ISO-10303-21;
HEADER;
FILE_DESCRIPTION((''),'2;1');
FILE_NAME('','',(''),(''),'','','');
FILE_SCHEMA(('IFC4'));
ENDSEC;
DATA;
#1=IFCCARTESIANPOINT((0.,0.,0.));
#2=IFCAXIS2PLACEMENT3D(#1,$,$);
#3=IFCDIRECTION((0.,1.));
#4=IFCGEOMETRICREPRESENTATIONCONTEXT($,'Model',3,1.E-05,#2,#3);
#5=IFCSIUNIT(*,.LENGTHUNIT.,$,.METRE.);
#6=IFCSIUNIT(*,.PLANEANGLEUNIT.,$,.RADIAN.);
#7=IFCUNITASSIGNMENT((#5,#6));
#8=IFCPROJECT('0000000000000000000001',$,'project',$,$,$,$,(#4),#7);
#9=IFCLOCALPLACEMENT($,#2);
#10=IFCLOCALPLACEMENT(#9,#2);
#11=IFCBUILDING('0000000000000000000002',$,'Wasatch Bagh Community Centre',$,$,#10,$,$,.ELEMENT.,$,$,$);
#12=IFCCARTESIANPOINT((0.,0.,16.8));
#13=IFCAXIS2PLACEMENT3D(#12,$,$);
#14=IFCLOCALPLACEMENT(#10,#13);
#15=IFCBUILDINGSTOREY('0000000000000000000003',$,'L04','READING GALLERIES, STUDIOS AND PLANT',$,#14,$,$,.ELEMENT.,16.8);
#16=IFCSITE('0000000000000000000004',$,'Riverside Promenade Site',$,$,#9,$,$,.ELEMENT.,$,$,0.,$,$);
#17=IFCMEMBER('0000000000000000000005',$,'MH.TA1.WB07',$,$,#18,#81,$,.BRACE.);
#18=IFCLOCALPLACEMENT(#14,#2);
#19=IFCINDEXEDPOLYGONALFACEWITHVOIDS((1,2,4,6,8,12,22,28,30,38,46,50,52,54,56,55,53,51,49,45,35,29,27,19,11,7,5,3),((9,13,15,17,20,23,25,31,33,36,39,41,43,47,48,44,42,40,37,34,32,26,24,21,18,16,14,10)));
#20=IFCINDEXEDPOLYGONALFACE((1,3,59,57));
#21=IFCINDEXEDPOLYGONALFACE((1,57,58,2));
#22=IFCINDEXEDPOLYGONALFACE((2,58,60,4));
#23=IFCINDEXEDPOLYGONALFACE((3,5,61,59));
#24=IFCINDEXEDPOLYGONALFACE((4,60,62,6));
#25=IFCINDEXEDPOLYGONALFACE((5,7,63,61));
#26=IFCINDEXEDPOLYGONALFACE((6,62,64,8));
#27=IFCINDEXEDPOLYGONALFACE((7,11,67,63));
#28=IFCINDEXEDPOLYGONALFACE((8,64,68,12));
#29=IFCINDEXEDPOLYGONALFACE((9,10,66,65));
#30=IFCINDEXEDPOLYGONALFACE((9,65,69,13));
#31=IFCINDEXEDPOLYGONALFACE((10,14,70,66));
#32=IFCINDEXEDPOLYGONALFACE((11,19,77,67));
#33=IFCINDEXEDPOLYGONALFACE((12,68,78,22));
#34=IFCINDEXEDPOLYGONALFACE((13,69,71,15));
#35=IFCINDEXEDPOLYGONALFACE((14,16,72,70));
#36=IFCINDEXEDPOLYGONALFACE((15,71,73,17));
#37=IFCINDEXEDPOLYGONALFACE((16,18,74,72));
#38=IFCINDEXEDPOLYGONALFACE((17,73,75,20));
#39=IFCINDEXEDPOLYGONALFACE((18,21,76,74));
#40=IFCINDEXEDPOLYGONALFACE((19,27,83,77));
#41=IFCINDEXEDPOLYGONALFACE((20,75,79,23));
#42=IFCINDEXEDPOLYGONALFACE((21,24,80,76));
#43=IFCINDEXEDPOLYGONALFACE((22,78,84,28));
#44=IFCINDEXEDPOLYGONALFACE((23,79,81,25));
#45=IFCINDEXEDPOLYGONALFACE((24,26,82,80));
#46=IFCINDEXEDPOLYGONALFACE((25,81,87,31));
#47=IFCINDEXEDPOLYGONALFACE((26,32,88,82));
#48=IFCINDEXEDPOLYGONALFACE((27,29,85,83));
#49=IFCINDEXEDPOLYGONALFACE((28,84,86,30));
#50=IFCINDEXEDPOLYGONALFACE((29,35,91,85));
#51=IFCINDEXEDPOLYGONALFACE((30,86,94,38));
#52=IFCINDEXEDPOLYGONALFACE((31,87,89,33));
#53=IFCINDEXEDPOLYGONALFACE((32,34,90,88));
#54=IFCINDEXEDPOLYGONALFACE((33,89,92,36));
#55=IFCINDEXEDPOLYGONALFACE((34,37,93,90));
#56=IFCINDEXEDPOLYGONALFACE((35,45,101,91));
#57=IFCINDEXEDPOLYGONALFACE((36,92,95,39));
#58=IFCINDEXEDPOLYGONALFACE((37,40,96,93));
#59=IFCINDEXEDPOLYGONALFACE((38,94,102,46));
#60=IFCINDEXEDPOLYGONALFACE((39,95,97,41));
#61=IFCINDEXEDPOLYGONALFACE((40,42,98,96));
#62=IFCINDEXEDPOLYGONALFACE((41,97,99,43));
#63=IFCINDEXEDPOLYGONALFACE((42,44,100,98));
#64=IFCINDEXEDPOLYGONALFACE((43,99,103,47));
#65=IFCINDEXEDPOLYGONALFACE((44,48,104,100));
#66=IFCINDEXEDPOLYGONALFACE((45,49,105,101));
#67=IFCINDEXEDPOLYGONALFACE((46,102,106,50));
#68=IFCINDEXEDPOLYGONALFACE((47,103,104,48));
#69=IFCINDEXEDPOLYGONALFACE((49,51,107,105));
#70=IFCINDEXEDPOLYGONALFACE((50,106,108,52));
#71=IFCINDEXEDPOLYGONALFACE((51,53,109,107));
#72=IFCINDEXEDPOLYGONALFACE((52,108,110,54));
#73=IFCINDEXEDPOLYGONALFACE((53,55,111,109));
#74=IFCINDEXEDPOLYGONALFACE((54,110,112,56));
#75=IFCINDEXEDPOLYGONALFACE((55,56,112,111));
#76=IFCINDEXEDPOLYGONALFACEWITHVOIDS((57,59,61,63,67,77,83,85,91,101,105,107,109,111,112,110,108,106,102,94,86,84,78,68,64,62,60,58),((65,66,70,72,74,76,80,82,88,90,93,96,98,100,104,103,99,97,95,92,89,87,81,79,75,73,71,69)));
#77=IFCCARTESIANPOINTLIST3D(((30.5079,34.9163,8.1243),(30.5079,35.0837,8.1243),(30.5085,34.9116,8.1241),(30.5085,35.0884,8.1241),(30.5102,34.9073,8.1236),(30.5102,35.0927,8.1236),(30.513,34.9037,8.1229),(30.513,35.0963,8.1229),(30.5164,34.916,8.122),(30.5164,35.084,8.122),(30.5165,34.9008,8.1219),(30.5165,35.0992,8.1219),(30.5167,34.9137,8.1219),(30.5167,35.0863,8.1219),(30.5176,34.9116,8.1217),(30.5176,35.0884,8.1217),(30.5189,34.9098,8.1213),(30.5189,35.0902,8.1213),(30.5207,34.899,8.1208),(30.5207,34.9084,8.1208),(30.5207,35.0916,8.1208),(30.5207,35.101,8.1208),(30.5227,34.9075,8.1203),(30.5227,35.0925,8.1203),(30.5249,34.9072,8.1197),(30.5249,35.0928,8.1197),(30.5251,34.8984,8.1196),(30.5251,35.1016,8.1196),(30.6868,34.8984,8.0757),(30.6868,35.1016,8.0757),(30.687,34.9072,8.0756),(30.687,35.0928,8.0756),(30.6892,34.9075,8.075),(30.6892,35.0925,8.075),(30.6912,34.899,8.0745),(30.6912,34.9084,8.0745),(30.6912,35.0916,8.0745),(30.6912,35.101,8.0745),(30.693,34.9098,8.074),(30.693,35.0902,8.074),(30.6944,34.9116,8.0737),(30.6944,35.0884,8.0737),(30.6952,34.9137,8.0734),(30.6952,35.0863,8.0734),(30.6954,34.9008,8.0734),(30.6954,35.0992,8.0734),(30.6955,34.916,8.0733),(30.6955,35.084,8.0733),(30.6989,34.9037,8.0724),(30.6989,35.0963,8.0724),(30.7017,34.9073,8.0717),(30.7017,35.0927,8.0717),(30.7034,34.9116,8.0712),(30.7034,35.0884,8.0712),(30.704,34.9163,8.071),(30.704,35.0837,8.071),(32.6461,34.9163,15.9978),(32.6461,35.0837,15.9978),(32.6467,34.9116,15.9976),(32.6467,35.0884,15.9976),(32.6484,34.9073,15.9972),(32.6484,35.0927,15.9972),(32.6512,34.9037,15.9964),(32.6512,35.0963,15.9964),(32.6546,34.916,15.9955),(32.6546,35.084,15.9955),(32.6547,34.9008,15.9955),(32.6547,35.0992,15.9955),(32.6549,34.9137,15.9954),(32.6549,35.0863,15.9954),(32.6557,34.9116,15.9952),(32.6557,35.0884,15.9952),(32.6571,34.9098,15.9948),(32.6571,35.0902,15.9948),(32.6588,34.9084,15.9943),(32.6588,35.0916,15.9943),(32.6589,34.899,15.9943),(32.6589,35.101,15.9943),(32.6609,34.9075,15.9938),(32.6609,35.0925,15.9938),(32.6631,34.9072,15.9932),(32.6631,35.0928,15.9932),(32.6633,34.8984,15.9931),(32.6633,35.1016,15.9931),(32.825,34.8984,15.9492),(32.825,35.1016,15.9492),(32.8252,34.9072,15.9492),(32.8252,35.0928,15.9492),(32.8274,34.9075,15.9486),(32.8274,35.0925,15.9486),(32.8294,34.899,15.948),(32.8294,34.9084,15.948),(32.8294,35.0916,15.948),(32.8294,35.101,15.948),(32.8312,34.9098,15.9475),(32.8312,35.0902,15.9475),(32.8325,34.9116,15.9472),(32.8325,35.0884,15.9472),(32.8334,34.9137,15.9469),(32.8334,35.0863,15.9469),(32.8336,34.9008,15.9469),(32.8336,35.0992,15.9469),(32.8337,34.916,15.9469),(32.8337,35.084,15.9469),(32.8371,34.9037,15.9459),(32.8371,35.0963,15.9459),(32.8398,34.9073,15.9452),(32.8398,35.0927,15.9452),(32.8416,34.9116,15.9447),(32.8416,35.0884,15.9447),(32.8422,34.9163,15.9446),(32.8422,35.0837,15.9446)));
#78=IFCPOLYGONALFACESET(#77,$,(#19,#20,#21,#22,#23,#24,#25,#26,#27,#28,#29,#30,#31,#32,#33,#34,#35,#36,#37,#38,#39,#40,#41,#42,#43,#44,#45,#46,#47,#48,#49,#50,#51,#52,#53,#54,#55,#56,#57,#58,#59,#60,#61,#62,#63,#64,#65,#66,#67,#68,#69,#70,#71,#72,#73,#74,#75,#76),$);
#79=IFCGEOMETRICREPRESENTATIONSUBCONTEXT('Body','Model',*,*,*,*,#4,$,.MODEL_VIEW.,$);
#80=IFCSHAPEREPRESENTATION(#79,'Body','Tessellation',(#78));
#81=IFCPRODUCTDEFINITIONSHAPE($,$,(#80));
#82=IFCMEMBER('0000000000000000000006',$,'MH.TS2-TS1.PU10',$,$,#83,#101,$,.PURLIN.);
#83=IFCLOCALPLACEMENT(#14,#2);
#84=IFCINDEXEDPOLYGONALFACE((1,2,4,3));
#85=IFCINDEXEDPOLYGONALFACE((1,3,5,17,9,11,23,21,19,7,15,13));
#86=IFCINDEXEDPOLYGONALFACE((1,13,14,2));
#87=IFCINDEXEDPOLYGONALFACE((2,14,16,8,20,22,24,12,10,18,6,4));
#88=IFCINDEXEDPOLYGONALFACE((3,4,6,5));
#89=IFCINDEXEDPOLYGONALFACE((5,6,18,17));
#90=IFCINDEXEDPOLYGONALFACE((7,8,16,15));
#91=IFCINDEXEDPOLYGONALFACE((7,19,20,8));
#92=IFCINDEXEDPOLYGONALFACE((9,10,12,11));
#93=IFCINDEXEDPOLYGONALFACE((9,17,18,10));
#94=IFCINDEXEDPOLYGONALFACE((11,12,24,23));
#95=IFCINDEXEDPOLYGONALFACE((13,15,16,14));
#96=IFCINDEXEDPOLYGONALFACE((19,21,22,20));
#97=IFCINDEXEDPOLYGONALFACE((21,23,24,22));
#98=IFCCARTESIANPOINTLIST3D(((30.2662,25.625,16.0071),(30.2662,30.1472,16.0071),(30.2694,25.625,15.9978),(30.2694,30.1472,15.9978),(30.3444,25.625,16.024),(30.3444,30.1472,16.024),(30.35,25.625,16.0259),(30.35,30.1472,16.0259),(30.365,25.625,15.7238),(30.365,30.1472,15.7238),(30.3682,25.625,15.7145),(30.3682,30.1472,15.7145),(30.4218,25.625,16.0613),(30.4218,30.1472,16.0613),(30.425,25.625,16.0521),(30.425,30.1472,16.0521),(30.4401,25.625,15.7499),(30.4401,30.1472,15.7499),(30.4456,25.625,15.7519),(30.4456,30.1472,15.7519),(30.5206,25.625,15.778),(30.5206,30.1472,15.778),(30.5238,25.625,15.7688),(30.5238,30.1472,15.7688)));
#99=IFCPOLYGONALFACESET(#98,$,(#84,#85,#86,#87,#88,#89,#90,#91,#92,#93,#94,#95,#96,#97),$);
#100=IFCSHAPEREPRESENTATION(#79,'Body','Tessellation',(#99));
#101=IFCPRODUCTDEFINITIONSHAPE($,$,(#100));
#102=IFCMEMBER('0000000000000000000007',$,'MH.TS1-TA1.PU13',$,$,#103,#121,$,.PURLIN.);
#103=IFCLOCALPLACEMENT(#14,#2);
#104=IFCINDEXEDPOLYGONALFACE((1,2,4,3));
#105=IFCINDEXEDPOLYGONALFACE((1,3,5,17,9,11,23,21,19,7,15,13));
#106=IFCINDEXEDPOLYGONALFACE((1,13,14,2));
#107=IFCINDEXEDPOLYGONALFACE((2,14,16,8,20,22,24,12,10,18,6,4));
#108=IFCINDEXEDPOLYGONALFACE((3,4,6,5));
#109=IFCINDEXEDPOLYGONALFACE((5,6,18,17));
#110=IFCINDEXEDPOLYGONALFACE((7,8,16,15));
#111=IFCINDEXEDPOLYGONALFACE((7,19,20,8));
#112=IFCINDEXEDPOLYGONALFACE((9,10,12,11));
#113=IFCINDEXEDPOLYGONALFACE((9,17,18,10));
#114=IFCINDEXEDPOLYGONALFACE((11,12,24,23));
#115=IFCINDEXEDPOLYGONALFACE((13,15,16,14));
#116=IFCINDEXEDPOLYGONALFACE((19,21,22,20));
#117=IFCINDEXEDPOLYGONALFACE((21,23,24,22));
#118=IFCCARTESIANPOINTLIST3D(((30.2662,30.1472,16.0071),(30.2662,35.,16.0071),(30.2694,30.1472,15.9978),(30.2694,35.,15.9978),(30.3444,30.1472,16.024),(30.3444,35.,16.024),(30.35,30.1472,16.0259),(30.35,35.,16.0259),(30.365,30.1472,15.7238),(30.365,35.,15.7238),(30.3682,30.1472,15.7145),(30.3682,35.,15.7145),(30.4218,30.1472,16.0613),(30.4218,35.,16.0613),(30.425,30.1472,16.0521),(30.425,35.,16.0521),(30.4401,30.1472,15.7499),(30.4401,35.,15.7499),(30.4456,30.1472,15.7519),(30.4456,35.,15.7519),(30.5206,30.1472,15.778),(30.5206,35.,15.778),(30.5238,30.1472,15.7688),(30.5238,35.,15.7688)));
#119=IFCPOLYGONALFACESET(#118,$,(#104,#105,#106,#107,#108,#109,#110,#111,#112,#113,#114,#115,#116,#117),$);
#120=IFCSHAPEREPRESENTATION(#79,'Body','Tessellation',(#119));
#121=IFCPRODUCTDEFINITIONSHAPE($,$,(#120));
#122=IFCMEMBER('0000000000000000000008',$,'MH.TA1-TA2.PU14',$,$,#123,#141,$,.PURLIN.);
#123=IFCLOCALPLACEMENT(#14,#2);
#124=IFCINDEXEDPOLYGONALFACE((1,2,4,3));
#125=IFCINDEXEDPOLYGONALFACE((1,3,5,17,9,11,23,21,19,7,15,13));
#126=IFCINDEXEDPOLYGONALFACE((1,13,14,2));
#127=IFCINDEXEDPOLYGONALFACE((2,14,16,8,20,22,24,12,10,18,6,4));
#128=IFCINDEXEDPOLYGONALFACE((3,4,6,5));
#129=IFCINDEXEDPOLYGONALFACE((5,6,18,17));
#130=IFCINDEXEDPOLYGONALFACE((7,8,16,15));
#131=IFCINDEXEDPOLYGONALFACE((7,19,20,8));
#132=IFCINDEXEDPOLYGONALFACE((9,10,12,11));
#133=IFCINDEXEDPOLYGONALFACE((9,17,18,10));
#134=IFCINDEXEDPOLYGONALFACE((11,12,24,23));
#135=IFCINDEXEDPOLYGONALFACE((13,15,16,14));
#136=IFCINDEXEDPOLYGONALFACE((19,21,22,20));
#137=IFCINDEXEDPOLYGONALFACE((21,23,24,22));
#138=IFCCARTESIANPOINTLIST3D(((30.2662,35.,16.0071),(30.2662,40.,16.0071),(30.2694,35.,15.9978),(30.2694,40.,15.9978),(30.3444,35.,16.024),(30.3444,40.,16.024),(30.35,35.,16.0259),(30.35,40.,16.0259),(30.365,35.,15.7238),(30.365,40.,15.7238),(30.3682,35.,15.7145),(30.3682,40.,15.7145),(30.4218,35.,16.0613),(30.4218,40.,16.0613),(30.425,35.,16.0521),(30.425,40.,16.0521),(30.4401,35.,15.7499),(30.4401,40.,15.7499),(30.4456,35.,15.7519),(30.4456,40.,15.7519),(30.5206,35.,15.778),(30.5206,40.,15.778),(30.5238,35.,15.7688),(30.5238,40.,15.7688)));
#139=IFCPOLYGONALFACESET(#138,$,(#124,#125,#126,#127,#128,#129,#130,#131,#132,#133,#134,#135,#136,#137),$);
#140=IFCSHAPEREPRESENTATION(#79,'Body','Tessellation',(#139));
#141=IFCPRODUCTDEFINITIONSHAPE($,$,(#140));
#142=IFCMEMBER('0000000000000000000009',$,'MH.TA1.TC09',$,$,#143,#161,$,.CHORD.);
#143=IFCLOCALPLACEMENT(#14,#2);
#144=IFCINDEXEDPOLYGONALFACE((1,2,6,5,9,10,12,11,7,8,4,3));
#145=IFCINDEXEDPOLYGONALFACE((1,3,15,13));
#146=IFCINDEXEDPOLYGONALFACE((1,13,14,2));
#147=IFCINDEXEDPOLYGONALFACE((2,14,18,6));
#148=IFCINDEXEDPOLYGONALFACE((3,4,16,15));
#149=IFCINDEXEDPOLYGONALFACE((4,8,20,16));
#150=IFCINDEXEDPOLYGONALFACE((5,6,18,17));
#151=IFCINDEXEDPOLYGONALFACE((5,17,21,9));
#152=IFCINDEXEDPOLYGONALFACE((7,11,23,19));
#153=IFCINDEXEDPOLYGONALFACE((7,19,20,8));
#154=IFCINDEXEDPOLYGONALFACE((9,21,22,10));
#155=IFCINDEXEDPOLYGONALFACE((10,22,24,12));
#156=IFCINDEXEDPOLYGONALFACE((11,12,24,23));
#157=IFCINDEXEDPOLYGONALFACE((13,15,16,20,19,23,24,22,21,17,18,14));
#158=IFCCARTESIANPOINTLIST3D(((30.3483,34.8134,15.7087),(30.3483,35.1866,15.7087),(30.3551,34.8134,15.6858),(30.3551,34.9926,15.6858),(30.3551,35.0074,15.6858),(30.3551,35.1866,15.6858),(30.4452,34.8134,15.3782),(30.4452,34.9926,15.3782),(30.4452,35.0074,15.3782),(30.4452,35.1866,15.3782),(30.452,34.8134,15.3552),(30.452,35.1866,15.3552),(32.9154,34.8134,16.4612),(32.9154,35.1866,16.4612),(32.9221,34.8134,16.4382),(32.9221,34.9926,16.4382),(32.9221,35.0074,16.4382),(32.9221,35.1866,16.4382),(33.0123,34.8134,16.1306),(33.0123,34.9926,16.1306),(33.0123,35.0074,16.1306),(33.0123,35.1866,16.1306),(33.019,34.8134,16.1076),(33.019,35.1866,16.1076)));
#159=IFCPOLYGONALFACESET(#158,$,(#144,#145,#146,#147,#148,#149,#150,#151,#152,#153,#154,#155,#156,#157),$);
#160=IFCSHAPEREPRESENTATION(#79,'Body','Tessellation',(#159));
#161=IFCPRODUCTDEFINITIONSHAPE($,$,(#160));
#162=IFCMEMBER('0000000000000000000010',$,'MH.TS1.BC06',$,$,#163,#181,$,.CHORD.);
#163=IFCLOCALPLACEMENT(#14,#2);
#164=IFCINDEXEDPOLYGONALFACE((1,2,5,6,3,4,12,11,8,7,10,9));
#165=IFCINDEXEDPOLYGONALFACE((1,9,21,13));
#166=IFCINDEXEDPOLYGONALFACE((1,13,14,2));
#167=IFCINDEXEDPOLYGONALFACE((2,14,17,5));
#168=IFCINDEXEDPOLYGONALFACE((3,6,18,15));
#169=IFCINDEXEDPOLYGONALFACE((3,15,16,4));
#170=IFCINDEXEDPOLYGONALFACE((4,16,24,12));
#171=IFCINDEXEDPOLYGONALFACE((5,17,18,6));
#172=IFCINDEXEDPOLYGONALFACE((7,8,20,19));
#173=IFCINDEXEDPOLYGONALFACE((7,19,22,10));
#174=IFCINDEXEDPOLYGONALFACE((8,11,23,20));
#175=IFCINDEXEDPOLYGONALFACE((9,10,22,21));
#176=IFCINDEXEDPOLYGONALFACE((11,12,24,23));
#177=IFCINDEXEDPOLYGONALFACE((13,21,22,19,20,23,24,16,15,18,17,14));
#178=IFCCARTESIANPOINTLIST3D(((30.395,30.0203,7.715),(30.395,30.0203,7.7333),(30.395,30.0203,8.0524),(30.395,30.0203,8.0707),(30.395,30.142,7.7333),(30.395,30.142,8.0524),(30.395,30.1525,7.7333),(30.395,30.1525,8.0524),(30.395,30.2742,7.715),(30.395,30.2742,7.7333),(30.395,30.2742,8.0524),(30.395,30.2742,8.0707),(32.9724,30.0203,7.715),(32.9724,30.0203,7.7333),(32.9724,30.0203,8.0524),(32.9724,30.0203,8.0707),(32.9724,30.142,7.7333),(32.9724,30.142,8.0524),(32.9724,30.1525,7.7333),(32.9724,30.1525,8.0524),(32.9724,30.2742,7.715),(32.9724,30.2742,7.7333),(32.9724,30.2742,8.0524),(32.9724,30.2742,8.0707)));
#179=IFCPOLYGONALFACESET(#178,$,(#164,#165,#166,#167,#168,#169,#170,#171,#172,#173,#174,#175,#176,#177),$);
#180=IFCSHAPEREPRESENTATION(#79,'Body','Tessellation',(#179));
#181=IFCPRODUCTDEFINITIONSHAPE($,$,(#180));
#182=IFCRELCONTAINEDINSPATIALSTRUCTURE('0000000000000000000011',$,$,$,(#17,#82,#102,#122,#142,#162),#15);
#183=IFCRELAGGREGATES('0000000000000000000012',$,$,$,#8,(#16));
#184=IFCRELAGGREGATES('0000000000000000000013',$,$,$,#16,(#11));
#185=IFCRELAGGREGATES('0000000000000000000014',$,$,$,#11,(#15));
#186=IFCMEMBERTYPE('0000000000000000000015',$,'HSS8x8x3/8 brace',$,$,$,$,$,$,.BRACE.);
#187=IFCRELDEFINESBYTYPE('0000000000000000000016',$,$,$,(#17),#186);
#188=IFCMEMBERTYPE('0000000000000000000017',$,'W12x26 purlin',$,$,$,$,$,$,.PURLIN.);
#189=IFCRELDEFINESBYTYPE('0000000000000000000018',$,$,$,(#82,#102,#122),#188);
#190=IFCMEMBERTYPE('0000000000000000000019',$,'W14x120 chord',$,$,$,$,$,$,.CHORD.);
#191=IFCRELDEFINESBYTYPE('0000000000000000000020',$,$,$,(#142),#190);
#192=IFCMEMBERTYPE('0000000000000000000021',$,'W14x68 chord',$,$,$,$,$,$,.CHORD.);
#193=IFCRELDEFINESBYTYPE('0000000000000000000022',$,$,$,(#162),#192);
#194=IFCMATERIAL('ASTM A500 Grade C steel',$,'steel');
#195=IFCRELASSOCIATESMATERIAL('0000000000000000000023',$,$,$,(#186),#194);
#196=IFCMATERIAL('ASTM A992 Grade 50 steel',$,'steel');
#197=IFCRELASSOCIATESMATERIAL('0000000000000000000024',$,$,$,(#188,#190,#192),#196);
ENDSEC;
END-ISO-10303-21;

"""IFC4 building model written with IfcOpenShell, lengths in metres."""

from ifc_helpers import new_model, si_unit, direction, frame, origin, origin_2d, place, context, subcontext, project, spatial, hollow_rectangle, i_section, extrude, material, material_profile, profile_set, type_object, element, save


model = new_model("IFC4")

# Units and contexts
model_context = context("Model", 3, precision=1e-05, world=origin(), true_north=direction((0.0, 1.0)))
body_context = subcontext(model_context, "Body", "Model", "MODEL_VIEW")
ifc_project = project(units=[si_unit("LENGTHUNIT", "METRE"), si_unit("PLANEANGLEUNIT", "RADIAN")], contexts=[model_context])

# Site, building, storey
site_placement = place(None, origin())
site = spatial("IfcSite", under=ifc_project, at=site_placement, Name="Riverside Promenade Site", CompositionType="ELEMENT", RefElevation=0.0)
building_placement = place(site_placement, origin())
building = spatial("IfcBuilding", under=site, at=building_placement, Name="Wasatch Bagh Community Centre", CompositionType="ELEMENT")
storey_placement = place(building_placement, frame((0.0, 0.0, 16.8)))
storey = spatial("IfcBuildingStorey", under=building, at=storey_placement, Name="L04", Description="READING GALLERIES, STUDIOS AND PLANT", CompositionType="ELEMENT", Elevation=16.8)

# Members
ifc_material_1 = material(Name="ASTM A500 Grade C steel", Category="steel")
ifc_material_profile_1 = material_profile(ifc_material_1, hollow_rectangle(XDim=0.2031, YDim=0.2031, WallThickness=0.0088, InnerFilletRadius=0.0088, OuterFilletRadius=0.0178, at=origin_2d()), Name="HSS8x8x3/8")
ifc_profile_set_1 = profile_set([ifc_material_profile_1], Name="ASTM A500 Grade C steel")
member_type_1 = type_object("IfcMemberType", Name="HSS8x8x3/8 brace", PredefinedType="BRACE", material=ifc_profile_set_1)
member_1_placement = place(storey_placement, frame((30.606, 35.0, 8.0977), z_axis=(0.262074, 0.0, 0.965048), x_axis=(0.0, 1.0, 0.0)))
element("IfcMember", 1, at=member_1_placement, inside=storey, type_object=member_type_1, Name="MH.TA1.WB07", PredefinedType="BRACE", context=body_context, shape_type="SweptSolid", body=[
    extrude(hollow_rectangle(XDim=0.2031, YDim=0.2031, WallThickness=0.0088, InnerFilletRadius=0.0088, OuterFilletRadius=0.0178, at=origin_2d()), origin(), (0.0, 0.0, 1.0), 8.1587),
])
ifc_material_2 = material(Name="ASTM A992 Grade 50 steel", Category="steel")
ifc_material_profile_2 = material_profile(ifc_material_2, i_section(OverallWidth=0.1648, OverallDepth=0.3098, WebThickness=0.0059, FlangeThickness=0.0098, at=origin_2d()), Name="W12x26")
ifc_profile_set_2 = profile_set([ifc_material_profile_2], Name="ASTM A992 Grade 50 steel")
member_type_2 = type_object("IfcMemberType", Name="W12x26 purlin", PredefinedType="PURLIN", material=ifc_profile_set_2)
member_2_placement = place(storey_placement, frame((30.395, 25.625, 15.8879), z_axis=(0.0, 1.0, 0.0), x_axis=(-0.944194, 0.0, -0.329389)))
element("IfcMember", 2, at=member_2_placement, inside=storey, type_object=member_type_2, Name="MH.TS2-TS1.PU10", PredefinedType="PURLIN", context=body_context, shape_type="SweptSolid", body=[
    extrude(i_section(OverallWidth=0.1648, OverallDepth=0.3098, WebThickness=0.0059, FlangeThickness=0.0098, at=origin_2d()), origin(), (0.0, 0.0, 1.0), 4.5222),
])
member_3_placement = place(storey_placement, frame((30.395, 30.1472, 15.8879), z_axis=(0.0, 1.0, 0.0), x_axis=(-0.944194, 0.0, -0.329389)))
element("IfcMember", 3, at=member_3_placement, inside=storey, type_object=member_type_2, Name="MH.TS1-TA1.PU13", PredefinedType="PURLIN", context=body_context, shape_type="SweptSolid", body=[
    extrude(i_section(OverallWidth=0.1648, OverallDepth=0.3098, WebThickness=0.0059, FlangeThickness=0.0098, at=origin_2d()), origin(), (0.0, 0.0, 1.0), 4.8528),
])
member_4_placement = place(storey_placement, frame((30.395, 35.0, 15.8879), z_axis=(0.0, 1.0, 0.0), x_axis=(-0.944194, 0.0, -0.329389)))
element("IfcMember", 4, at=member_4_placement, inside=storey, type_object=member_type_2, Name="MH.TA1-TA2.PU14", PredefinedType="PURLIN", context=body_context, shape_type="SweptSolid", body=[
    extrude(i_section(OverallWidth=0.1648, OverallDepth=0.3098, WebThickness=0.0059, FlangeThickness=0.0098, at=origin_2d()), origin(), (0.0, 0.0, 1.0), 5.0),
])
ifc_material_profile_3 = material_profile(ifc_material_2, i_section(OverallWidth=0.3733, OverallDepth=0.3684, WebThickness=0.0149, FlangeThickness=0.0239, at=origin_2d()), Name="W14x120")
ifc_profile_set_3 = profile_set([ifc_material_profile_3], Name="ASTM A992 Grade 50 steel")
member_type_3 = type_object("IfcMemberType", Name="W14x120 chord", PredefinedType="CHORD", material=ifc_profile_set_3)
member_5_placement = place(storey_placement, frame((30.4001, 35.0, 15.532), z_axis=(0.959628, 0.0, 0.281272), x_axis=(0.0, 1.0, 0.0)))
element("IfcMember", 5, at=member_5_placement, inside=storey, type_object=member_type_3, Name="MH.TA1.TC09", PredefinedType="CHORD", context=body_context, shape_type="SweptSolid", body=[
    extrude(i_section(OverallWidth=0.3733, OverallDepth=0.3684, WebThickness=0.0149, FlangeThickness=0.0239, at=origin_2d()), origin(), (0.0, 0.0, 1.0), 2.675),
])
ifc_material_profile_4 = material_profile(ifc_material_2, i_section(OverallWidth=0.2539, OverallDepth=0.3557, WebThickness=0.0105, FlangeThickness=0.0183, at=origin_2d()), Name="W14x68")
ifc_profile_set_4 = profile_set([ifc_material_profile_4], Name="ASTM A992 Grade 50 steel")
member_type_4 = type_object("IfcMemberType", Name="W14x68 chord", PredefinedType="CHORD", material=ifc_profile_set_4)
member_6_placement = place(storey_placement, frame((30.395, 30.1472, 7.8928), z_axis=(1.0, 0.0, 0.0), x_axis=(0.0, 1.0, 0.0)))
element("IfcMember", 6, at=member_6_placement, inside=storey, type_object=member_type_4, Name="MH.TS1.BC06", PredefinedType="CHORD", context=body_context, shape_type="SweptSolid", body=[
    extrude(i_section(OverallWidth=0.2539, OverallDepth=0.3557, WebThickness=0.0105, FlangeThickness=0.0183, at=origin_2d()), origin(), (0.0, 0.0, 1.0), 2.5774),
])

save(model, "model.ifc")
